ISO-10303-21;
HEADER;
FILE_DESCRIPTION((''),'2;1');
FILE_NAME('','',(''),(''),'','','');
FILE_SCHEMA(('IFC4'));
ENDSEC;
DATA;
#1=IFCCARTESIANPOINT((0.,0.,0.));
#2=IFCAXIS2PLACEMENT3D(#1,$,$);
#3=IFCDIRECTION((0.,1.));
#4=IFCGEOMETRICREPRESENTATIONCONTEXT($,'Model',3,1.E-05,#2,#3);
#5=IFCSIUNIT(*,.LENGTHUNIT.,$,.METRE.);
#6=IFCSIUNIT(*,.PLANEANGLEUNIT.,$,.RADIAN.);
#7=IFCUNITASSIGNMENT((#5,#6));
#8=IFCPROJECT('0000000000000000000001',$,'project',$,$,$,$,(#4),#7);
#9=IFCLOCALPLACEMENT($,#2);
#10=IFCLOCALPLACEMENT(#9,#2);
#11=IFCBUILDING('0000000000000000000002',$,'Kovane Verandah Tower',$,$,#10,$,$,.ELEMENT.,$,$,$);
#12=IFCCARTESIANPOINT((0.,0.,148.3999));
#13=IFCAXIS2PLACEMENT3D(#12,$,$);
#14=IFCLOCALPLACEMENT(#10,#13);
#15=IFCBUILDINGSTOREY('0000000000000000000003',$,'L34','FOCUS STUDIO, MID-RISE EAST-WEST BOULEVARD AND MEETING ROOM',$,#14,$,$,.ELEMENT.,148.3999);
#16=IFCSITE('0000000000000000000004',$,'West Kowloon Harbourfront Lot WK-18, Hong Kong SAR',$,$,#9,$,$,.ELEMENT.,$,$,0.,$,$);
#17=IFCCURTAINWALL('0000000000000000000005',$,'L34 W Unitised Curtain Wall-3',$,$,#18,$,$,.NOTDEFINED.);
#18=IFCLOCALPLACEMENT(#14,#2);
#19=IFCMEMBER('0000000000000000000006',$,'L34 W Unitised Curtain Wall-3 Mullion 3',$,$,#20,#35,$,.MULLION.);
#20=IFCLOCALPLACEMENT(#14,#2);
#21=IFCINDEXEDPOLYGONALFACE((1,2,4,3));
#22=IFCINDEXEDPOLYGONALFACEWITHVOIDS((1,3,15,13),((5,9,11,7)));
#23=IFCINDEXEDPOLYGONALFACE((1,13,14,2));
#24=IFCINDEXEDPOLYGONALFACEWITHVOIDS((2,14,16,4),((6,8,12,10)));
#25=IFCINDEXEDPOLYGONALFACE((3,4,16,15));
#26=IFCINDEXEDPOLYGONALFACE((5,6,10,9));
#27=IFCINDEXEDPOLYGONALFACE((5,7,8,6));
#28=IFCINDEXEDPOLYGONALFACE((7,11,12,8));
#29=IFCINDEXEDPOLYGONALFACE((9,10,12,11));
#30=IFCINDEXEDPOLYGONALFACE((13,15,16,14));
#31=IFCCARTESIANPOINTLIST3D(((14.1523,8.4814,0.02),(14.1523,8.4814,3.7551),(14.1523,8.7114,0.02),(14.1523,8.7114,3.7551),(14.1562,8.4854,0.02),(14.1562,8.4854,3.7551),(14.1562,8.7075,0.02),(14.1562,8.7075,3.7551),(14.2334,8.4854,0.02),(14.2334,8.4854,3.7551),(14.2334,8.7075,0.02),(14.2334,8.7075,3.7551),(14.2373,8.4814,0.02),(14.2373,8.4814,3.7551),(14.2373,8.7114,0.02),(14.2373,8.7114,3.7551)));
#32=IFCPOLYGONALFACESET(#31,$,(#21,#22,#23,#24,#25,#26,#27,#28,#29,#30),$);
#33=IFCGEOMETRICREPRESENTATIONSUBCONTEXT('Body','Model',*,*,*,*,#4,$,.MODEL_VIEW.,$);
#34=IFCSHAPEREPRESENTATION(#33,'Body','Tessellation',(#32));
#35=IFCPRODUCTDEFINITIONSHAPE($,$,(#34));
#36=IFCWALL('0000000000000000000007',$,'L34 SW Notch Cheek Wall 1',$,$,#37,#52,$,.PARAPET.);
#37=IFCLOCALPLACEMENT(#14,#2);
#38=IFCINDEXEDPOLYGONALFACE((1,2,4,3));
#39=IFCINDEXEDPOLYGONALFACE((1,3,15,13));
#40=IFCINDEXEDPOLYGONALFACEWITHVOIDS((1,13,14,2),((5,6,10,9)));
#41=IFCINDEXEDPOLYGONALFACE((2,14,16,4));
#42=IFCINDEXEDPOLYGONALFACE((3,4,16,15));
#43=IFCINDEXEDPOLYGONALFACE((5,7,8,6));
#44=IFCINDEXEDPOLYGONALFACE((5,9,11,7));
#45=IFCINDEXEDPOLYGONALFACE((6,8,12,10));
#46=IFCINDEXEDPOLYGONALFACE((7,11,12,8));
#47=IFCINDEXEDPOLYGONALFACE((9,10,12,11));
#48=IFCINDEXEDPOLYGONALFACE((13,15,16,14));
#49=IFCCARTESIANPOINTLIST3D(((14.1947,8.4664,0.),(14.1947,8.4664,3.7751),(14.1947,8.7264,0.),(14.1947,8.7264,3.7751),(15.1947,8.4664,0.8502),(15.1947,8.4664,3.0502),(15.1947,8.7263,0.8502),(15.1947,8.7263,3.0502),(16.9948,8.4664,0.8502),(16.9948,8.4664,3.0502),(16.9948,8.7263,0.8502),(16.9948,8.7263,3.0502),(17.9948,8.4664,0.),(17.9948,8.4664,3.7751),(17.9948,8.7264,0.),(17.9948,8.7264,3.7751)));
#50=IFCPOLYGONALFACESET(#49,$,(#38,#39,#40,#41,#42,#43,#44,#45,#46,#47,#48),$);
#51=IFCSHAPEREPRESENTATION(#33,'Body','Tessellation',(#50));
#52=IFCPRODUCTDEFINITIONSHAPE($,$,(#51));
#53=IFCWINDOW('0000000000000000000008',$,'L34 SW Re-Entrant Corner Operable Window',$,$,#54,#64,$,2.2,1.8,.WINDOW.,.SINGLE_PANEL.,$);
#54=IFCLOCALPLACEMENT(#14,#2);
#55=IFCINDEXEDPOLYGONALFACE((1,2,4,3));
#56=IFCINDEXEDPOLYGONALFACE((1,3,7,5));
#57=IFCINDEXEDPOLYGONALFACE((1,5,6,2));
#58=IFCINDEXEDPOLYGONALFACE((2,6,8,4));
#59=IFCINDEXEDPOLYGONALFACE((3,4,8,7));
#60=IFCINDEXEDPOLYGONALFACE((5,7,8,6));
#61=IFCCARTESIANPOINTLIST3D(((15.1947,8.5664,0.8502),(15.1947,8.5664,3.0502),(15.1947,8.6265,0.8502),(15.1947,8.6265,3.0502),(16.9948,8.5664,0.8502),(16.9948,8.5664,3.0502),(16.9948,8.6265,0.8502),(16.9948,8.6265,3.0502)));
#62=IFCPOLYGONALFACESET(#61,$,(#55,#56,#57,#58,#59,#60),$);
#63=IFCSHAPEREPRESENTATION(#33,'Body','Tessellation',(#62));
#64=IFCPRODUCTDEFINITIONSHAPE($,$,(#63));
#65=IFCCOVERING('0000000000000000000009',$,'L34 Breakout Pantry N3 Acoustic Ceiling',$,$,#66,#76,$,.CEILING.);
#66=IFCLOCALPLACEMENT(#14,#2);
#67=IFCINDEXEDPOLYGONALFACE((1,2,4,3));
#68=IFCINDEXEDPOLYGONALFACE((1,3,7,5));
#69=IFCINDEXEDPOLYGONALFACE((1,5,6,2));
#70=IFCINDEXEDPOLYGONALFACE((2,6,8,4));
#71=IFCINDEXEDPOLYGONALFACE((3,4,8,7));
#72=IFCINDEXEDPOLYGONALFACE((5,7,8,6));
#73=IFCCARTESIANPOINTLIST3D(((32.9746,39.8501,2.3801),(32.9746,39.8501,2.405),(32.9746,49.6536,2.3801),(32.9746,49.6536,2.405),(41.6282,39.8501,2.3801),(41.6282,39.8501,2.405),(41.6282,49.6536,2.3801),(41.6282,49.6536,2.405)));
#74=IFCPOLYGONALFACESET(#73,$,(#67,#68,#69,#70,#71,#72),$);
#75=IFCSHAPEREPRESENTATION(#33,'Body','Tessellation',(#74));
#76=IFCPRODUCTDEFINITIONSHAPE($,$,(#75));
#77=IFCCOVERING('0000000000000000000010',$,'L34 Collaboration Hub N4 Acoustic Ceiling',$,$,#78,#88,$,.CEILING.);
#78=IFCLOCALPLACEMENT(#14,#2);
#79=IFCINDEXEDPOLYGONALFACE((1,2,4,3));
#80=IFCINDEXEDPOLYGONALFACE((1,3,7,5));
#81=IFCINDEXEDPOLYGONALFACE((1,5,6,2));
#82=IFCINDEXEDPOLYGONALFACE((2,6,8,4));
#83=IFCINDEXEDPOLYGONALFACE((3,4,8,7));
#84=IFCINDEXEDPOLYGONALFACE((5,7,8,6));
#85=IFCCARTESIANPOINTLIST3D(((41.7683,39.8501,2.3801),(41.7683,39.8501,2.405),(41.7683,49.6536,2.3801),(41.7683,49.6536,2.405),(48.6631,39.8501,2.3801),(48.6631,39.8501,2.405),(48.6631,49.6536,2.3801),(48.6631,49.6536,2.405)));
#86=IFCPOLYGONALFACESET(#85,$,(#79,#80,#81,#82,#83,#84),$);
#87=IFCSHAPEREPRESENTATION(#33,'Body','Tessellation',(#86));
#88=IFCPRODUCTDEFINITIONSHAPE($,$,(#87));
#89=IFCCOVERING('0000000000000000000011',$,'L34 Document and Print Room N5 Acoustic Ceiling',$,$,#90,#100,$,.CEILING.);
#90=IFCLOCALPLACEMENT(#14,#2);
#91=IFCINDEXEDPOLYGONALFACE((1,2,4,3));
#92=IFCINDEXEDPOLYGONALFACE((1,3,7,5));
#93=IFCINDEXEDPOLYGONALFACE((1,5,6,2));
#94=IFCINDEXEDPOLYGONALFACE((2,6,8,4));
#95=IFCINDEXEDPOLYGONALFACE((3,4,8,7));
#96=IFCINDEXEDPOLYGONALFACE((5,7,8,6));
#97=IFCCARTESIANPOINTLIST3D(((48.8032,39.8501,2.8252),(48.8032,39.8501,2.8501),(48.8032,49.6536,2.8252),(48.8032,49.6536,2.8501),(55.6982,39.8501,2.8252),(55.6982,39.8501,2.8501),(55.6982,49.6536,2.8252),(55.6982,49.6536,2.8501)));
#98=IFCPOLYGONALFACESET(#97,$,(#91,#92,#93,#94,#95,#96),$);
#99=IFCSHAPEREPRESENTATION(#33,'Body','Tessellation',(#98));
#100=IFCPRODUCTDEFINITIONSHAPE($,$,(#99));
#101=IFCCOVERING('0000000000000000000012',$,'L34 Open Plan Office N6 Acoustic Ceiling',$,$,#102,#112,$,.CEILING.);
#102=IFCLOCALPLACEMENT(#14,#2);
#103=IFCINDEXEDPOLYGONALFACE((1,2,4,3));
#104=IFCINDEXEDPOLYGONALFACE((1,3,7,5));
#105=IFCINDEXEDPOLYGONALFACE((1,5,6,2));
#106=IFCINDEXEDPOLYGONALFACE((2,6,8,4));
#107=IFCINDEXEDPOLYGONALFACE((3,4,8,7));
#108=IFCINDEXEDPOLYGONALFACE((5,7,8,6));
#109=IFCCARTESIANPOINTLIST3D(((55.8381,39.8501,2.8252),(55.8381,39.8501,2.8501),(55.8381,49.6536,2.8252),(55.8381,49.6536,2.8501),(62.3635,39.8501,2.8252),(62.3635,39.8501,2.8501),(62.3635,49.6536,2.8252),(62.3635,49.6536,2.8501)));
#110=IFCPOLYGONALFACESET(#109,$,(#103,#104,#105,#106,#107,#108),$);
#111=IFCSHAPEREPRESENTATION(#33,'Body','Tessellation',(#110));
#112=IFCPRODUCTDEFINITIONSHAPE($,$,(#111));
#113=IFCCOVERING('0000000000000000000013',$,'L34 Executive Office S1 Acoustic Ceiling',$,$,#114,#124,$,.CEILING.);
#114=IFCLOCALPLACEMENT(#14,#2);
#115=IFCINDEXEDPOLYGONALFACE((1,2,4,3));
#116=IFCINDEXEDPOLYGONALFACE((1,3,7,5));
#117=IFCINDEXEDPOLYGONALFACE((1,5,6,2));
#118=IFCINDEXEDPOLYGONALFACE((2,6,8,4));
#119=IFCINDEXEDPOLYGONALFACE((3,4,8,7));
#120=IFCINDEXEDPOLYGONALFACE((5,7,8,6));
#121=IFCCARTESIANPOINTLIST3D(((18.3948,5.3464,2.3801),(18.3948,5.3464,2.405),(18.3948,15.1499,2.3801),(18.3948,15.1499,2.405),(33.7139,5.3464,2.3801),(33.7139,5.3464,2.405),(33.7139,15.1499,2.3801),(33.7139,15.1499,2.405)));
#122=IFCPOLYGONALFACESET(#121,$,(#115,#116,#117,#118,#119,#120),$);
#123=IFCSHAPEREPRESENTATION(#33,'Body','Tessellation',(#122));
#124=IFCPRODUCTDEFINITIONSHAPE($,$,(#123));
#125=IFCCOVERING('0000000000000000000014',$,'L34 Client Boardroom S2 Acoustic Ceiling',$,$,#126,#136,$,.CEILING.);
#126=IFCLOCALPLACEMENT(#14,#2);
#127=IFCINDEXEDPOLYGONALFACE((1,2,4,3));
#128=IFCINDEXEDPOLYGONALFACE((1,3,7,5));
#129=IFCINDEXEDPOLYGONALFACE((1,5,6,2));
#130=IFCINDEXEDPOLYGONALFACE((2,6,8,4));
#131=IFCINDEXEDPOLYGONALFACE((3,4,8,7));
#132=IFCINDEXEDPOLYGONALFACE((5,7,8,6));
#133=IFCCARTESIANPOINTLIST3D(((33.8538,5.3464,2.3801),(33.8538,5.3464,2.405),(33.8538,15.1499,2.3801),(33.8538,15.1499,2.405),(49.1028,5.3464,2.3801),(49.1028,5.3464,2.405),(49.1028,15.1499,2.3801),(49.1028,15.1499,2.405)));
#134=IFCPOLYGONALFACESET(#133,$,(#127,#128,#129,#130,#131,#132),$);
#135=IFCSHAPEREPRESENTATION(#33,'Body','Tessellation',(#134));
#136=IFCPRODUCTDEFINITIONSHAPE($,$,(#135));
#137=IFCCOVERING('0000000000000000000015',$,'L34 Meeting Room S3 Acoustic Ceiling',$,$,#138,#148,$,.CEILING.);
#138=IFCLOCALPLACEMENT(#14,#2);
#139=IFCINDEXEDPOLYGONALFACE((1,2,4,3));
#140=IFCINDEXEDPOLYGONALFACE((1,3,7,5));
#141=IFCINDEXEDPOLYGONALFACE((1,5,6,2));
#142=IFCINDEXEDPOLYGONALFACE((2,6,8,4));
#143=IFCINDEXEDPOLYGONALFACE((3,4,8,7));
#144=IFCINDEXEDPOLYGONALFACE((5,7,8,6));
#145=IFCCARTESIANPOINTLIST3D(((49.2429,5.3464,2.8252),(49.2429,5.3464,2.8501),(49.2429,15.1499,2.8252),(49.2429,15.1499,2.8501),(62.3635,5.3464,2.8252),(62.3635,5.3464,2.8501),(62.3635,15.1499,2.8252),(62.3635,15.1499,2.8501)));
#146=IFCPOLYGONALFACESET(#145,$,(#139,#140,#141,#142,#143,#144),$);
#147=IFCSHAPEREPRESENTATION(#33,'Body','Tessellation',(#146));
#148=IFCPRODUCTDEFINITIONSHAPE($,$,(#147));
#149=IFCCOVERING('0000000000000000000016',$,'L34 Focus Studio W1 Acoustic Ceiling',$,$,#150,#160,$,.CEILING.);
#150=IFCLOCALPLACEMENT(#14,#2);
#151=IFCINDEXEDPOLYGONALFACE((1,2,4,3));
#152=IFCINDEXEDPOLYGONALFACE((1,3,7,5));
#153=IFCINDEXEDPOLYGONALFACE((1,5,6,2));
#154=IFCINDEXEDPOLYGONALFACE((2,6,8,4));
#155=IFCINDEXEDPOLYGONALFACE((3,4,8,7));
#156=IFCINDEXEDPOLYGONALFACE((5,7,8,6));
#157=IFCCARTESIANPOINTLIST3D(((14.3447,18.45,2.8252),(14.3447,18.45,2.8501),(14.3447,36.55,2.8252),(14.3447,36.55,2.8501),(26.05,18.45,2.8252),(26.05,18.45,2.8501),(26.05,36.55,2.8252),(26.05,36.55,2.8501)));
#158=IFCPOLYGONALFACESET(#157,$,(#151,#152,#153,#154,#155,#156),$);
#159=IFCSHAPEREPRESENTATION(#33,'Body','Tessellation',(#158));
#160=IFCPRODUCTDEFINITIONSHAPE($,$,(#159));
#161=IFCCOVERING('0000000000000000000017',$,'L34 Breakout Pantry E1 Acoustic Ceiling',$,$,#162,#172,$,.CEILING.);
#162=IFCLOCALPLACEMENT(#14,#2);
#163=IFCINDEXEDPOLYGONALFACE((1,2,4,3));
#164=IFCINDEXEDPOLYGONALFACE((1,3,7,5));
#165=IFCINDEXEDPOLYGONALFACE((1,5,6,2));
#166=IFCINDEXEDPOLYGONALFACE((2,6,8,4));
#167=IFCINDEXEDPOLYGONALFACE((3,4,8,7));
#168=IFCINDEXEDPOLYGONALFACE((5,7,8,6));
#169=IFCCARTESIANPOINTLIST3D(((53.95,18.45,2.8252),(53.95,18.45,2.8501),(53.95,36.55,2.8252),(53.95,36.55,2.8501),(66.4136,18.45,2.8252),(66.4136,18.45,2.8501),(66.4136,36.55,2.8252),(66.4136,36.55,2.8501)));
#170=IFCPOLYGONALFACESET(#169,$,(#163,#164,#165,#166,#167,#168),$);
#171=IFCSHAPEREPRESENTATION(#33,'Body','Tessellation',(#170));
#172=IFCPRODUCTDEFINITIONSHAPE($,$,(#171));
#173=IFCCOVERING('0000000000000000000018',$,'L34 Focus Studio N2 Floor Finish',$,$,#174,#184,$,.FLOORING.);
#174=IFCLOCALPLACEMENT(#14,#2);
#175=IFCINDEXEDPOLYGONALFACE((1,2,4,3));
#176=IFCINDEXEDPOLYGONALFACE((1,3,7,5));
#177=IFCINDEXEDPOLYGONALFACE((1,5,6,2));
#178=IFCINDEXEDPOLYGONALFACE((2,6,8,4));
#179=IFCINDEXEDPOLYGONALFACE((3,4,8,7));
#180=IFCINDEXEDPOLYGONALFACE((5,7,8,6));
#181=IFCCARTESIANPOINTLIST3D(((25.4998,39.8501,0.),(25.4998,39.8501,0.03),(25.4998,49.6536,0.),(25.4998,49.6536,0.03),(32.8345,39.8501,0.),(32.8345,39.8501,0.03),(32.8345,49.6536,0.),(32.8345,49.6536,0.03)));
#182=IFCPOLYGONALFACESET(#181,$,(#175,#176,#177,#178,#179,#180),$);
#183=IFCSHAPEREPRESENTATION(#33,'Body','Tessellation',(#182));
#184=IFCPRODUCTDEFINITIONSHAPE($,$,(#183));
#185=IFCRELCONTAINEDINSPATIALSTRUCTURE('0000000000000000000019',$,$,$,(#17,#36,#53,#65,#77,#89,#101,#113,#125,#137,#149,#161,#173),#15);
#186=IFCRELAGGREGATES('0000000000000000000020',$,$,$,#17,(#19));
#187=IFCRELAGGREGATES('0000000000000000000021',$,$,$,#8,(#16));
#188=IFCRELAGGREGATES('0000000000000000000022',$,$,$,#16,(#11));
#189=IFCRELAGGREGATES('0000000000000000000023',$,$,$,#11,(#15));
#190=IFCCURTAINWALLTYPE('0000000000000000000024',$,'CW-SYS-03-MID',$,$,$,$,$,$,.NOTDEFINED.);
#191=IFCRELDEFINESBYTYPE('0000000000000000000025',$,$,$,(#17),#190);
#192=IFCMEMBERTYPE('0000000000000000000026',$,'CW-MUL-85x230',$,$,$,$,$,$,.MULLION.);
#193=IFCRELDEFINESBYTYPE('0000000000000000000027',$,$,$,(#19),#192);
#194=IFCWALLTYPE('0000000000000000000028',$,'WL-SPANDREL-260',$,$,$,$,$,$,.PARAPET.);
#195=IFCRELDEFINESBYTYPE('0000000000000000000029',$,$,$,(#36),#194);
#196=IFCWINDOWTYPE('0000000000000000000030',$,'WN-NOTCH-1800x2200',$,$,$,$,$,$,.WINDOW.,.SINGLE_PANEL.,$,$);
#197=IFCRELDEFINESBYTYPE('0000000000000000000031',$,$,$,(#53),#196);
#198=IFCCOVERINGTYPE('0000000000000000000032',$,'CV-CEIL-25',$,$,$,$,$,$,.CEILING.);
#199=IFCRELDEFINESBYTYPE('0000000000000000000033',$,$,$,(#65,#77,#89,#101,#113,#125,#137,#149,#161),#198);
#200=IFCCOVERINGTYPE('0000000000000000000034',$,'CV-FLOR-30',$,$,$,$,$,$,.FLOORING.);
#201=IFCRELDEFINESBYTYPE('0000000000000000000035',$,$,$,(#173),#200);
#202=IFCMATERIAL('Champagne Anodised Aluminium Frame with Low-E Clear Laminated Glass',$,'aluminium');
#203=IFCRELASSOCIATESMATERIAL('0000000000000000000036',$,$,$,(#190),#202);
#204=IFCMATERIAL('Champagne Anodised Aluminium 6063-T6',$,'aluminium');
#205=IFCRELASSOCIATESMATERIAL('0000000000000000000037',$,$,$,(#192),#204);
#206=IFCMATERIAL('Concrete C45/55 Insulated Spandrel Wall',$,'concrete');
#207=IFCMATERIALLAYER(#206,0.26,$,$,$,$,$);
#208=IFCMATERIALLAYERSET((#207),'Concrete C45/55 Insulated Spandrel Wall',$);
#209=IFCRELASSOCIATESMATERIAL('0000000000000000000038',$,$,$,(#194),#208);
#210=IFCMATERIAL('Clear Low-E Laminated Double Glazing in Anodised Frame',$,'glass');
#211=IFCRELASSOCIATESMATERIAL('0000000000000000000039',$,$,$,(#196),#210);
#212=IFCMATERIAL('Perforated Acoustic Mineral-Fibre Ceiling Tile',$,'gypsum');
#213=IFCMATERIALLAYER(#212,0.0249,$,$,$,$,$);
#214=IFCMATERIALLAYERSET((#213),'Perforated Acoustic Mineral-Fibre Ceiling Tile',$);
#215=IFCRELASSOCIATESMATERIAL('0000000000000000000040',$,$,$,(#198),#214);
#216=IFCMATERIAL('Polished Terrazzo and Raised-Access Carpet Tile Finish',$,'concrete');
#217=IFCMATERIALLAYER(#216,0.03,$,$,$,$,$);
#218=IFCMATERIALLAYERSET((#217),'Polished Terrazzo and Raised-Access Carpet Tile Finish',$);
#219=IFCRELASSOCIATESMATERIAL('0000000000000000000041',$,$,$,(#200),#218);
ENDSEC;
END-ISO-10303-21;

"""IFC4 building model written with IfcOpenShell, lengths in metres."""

from ifc_helpers import new_model, si_unit, direction, frame, frame_2d, origin, origin_2d, place, context, subcontext, project, spatial, polyline, rectangle, hollow_rectangle, outline, extrude, material, layer, layer_set, material_profile, profile_set, type_object, element, fill, aggregate, save


model = new_model("IFC4")

# Units and contexts
model_context = context("Model", 3, precision=1e-05, world=origin(), true_north=direction((0.0, 1.0)))
body_context = subcontext(model_context, "Body", "Model", "MODEL_VIEW")
ifc_project = project(units=[si_unit("LENGTHUNIT", "METRE"), si_unit("PLANEANGLEUNIT", "RADIAN")], contexts=[model_context])

# Site, building, storey
site_placement = place(None, origin())
site = spatial("IfcSite", under=ifc_project, at=site_placement, Name="West Kowloon Harbourfront Lot WK-18, Hong Kong SAR", CompositionType="ELEMENT", RefElevation=0.0)
building_placement = place(site_placement, origin())
building = spatial("IfcBuilding", under=site, at=building_placement, Name="Kovane Verandah Tower", CompositionType="ELEMENT")
storey_placement = place(building_placement, frame((0.0, 0.0, 148.3999)))
storey = spatial("IfcBuildingStorey", under=building, at=storey_placement, Name="L34", Description="FOCUS STUDIO, MID-RISE EAST-WEST BOULEVARD AND MEETING ROOM", CompositionType="ELEMENT", Elevation=148.3999)

# Curtain wall, member
ifc_material_1 = material(Name="Champagne Anodised Aluminium Frame with Low-E Clear Laminated Glass", Category="aluminium")
curtain_wall_type = type_object("IfcCurtainWallType", Name="CW-SYS-03-MID", PredefinedType="NOTDEFINED", material=ifc_material_1)
curtain_wall_placement = place(storey_placement, origin())
curtain_wall = element("IfcCurtainWall", 1, at=curtain_wall_placement, inside=storey, type_object=curtain_wall_type, Name="L34 W Unitised Curtain Wall-3", PredefinedType="NOTDEFINED")
ifc_material_2 = material(Name="Champagne Anodised Aluminium 6063-T6", Category="aluminium")
ifc_material_profile = material_profile(ifc_material_2, hollow_rectangle(XDim=0.085, YDim=0.23, WallThickness=0.0039, at=origin_2d()), Name="AL85x230x4")
ifc_profile_set = profile_set([ifc_material_profile], Name="Champagne Anodised Aluminium 6063-T6")
member_type = type_object("IfcMemberType", Name="CW-MUL-85x230", PredefinedType="MULLION", material=ifc_profile_set)
member_placement = place(storey_placement, frame((14.1948, 8.5964, 0.02), z_axis=(0.0, 0.0, 1.0), x_axis=(-1.0, 0.0, 0.0)))
member = element("IfcMember", 2, at=member_placement, type_object=member_type, Name="L34 W Unitised Curtain Wall-3 Mullion 3", PredefinedType="MULLION", context=body_context, shape_type="SweptSolid", body=[
    extrude(hollow_rectangle(XDim=0.085, YDim=0.23, WallThickness=0.0039, at=origin_2d()), origin(), (0.0, 0.0, 1.0), 3.7351),
])
aggregate(curtain_wall, [member])

# Wall, opening, window
ifc_material_3 = material(Name="Concrete C45/55 Insulated Spandrel Wall", Category="concrete")
ifc_layer_1 = layer(ifc_material_3, 0.26)
ifc_layer_set_1 = layer_set([ifc_layer_1], Name="Concrete C45/55 Insulated Spandrel Wall")
wall_type = type_object("IfcWallType", Name="WL-SPANDREL-260", PredefinedType="PARAPET", material=ifc_layer_set_1)
wall_placement = place(storey_placement, frame((14.1948, 8.5964, 0.0), z_axis=(0.0, 0.0, 1.0), x_axis=(1.0, 0.0, 0.0)))
wall = element("IfcWall", 3, at=wall_placement, inside=storey, type_object=wall_type, Name="L34 SW Notch Cheek Wall 1", PredefinedType="PARAPET", context=body_context, shape_type="SweptSolid", body=[
    extrude(rectangle(XDim=3.8, YDim=0.26, at=frame_2d((1.8999, 0.0))), origin(), (0.0, 0.0, 1.0), 3.7751),
])
opening_placement = place(wall_placement, frame((1.0, 0.0, 0.8501)))
opening = element("IfcOpeningElement", 4, at=opening_placement, cuts=wall, PredefinedType="OPENING", context=body_context, shape_type="SweptSolid", body=[
    extrude(rectangle(XDim=1.8, YDim=2.2, at=frame_2d((0.8999, 1.1001))), frame((0.0, 0.1299, 0.0), z_axis=(0.0, -1.0, 0.0), x_axis=(1.0, 0.0, 0.0)), (0.0, 0.0, 1.0), 0.26),
])
ifc_material_4 = material(Name="Clear Low-E Laminated Double Glazing in Anodised Frame", Category="glass")
window_type = type_object("IfcWindowType", Name="WN-NOTCH-1800x2200", PartitioningType="SINGLE_PANEL", PredefinedType="WINDOW", material=ifc_material_4)
window_placement = place(opening_placement, origin())
window = element("IfcWindow", 5, at=window_placement, inside=storey, type_object=window_type, Name="L34 SW Re-Entrant Corner Operable Window", OverallHeight=2.2, OverallWidth=1.8, PartitioningType="SINGLE_PANEL", PredefinedType="WINDOW", context=body_context, shape_type="SweptSolid", body=[
    extrude(rectangle(XDim=1.8, YDim=2.2, at=frame_2d((0.8999, 1.1001))), frame((0.0, 0.03, 0.0), z_axis=(0.0, -1.0, 0.0), x_axis=(1.0, 0.0, 0.0)), (0.0, 0.0, 1.0), 0.0601),
])
fill(opening, window)

# Coverings
ifc_material_5 = material(Name="Perforated Acoustic Mineral-Fibre Ceiling Tile", Category="gypsum")
ifc_layer_2 = layer(ifc_material_5, 0.0249)
ifc_layer_set_2 = layer_set([ifc_layer_2], Name="Perforated Acoustic Mineral-Fibre Ceiling Tile")
covering_type_1 = type_object("IfcCoveringType", Name="CV-CEIL-25", PredefinedType="CEILING", material=ifc_layer_set_2)
covering_1_placement = place(storey_placement, frame((0.0, 0.0, 2.3801)))
element("IfcCovering", 6, at=covering_1_placement, inside=storey, type_object=covering_type_1, Name="L34 Breakout Pantry N3 Acoustic Ceiling", PredefinedType="CEILING", context=body_context, shape_type="SweptSolid", body=[
    extrude(outline(polyline([(32.9746, 39.8501), (41.6282, 39.8501), (41.6282, 49.6536), (32.9746, 49.6536), (32.9746, 39.8501)])), origin(), (0.0, 0.0, 1.0), 0.0249),
])
covering_2_placement = place(storey_placement, frame((0.0, 0.0, 2.3801)))
element("IfcCovering", 7, at=covering_2_placement, inside=storey, type_object=covering_type_1, Name="L34 Collaboration Hub N4 Acoustic Ceiling", PredefinedType="CEILING", context=body_context, shape_type="SweptSolid", body=[
    extrude(outline(polyline([(41.7683, 39.8501), (48.6631, 39.8501), (48.6631, 49.6536), (41.7683, 49.6536), (41.7683, 39.8501)])), origin(), (0.0, 0.0, 1.0), 0.0249),
])
covering_3_placement = place(storey_placement, frame((0.0, 0.0, 2.8252)))
element("IfcCovering", 8, at=covering_3_placement, inside=storey, type_object=covering_type_1, Name="L34 Document and Print Room N5 Acoustic Ceiling", PredefinedType="CEILING", context=body_context, shape_type="SweptSolid", body=[
    extrude(outline(polyline([(48.8032, 39.8501), (55.6982, 39.8501), (55.6982, 49.6536), (48.8032, 49.6536), (48.8032, 39.8501)])), origin(), (0.0, 0.0, 1.0), 0.0249),
])
covering_4_placement = place(storey_placement, frame((0.0, 0.0, 2.8252)))
element("IfcCovering", 9, at=covering_4_placement, inside=storey, type_object=covering_type_1, Name="L34 Open Plan Office N6 Acoustic Ceiling", PredefinedType="CEILING", context=body_context, shape_type="SweptSolid", body=[
    extrude(outline(polyline([(55.8381, 39.8501), (62.3635, 39.8501), (62.3635, 49.6536), (55.8381, 49.6536), (55.8381, 39.8501)])), origin(), (0.0, 0.0, 1.0), 0.0249),
])
covering_5_placement = place(storey_placement, frame((0.0, 0.0, 2.3801)))
element("IfcCovering", 10, at=covering_5_placement, inside=storey, type_object=covering_type_1, Name="L34 Executive Office S1 Acoustic Ceiling", PredefinedType="CEILING", context=body_context, shape_type="SweptSolid", body=[
    extrude(outline(polyline([(18.3948, 5.3464), (33.7139, 5.3464), (33.7139, 15.1499), (18.3948, 15.1499), (18.3948, 5.3464)])), origin(), (0.0, 0.0, 1.0), 0.0249),
])
covering_6_placement = place(storey_placement, frame((0.0, 0.0, 2.3801)))
element("IfcCovering", 11, at=covering_6_placement, inside=storey, type_object=covering_type_1, Name="L34 Client Boardroom S2 Acoustic Ceiling", PredefinedType="CEILING", context=body_context, shape_type="SweptSolid", body=[
    extrude(outline(polyline([(33.8538, 5.3464), (49.1028, 5.3464), (49.1028, 15.1499), (33.8538, 15.1499), (33.8538, 5.3464)])), origin(), (0.0, 0.0, 1.0), 0.0249),
])
covering_7_placement = place(storey_placement, frame((0.0, 0.0, 2.8252)))
element("IfcCovering", 12, at=covering_7_placement, inside=storey, type_object=covering_type_1, Name="L34 Meeting Room S3 Acoustic Ceiling", PredefinedType="CEILING", context=body_context, shape_type="SweptSolid", body=[
    extrude(outline(polyline([(49.2429, 5.3464), (62.3635, 5.3464), (62.3635, 15.1499), (49.2429, 15.1499), (49.2429, 5.3464)])), origin(), (0.0, 0.0, 1.0), 0.0249),
])
covering_8_placement = place(storey_placement, frame((0.0, 0.0, 2.8252)))
element("IfcCovering", 13, at=covering_8_placement, inside=storey, type_object=covering_type_1, Name="L34 Focus Studio W1 Acoustic Ceiling", PredefinedType="CEILING", context=body_context, shape_type="SweptSolid", body=[
    extrude(outline(polyline([(14.3447, 18.45), (26.05, 18.45), (26.05, 36.55), (14.3447, 36.55), (14.3447, 18.45)])), origin(), (0.0, 0.0, 1.0), 0.0249),
])
covering_9_placement = place(storey_placement, frame((0.0, 0.0, 2.8252)))
element("IfcCovering", 14, at=covering_9_placement, inside=storey, type_object=covering_type_1, Name="L34 Breakout Pantry E1 Acoustic Ceiling", PredefinedType="CEILING", context=body_context, shape_type="SweptSolid", body=[
    extrude(outline(polyline([(53.95, 18.45), (66.4136, 18.45), (66.4136, 36.55), (53.95, 36.55), (53.95, 18.45)])), origin(), (0.0, 0.0, 1.0), 0.0249),
])
ifc_material_6 = material(Name="Polished Terrazzo and Raised-Access Carpet Tile Finish", Category="concrete")
ifc_layer_3 = layer(ifc_material_6, 0.03)
ifc_layer_set_3 = layer_set([ifc_layer_3], Name="Polished Terrazzo and Raised-Access Carpet Tile Finish")
covering_type_2 = type_object("IfcCoveringType", Name="CV-FLOR-30", PredefinedType="FLOORING", material=ifc_layer_set_3)
covering_10_placement = place(storey_placement, origin())
element("IfcCovering", 15, at=covering_10_placement, inside=storey, type_object=covering_type_2, Name="L34 Focus Studio N2 Floor Finish", PredefinedType="FLOORING", context=body_context, shape_type="SweptSolid", body=[
    extrude(outline(polyline([(25.4998, 39.8501), (32.8345, 39.8501), (32.8345, 49.6536), (25.4998, 49.6536), (25.4998, 39.8501)])), origin(), (0.0, 0.0, 1.0), 0.03),
])

save(model, "model.ifc")
